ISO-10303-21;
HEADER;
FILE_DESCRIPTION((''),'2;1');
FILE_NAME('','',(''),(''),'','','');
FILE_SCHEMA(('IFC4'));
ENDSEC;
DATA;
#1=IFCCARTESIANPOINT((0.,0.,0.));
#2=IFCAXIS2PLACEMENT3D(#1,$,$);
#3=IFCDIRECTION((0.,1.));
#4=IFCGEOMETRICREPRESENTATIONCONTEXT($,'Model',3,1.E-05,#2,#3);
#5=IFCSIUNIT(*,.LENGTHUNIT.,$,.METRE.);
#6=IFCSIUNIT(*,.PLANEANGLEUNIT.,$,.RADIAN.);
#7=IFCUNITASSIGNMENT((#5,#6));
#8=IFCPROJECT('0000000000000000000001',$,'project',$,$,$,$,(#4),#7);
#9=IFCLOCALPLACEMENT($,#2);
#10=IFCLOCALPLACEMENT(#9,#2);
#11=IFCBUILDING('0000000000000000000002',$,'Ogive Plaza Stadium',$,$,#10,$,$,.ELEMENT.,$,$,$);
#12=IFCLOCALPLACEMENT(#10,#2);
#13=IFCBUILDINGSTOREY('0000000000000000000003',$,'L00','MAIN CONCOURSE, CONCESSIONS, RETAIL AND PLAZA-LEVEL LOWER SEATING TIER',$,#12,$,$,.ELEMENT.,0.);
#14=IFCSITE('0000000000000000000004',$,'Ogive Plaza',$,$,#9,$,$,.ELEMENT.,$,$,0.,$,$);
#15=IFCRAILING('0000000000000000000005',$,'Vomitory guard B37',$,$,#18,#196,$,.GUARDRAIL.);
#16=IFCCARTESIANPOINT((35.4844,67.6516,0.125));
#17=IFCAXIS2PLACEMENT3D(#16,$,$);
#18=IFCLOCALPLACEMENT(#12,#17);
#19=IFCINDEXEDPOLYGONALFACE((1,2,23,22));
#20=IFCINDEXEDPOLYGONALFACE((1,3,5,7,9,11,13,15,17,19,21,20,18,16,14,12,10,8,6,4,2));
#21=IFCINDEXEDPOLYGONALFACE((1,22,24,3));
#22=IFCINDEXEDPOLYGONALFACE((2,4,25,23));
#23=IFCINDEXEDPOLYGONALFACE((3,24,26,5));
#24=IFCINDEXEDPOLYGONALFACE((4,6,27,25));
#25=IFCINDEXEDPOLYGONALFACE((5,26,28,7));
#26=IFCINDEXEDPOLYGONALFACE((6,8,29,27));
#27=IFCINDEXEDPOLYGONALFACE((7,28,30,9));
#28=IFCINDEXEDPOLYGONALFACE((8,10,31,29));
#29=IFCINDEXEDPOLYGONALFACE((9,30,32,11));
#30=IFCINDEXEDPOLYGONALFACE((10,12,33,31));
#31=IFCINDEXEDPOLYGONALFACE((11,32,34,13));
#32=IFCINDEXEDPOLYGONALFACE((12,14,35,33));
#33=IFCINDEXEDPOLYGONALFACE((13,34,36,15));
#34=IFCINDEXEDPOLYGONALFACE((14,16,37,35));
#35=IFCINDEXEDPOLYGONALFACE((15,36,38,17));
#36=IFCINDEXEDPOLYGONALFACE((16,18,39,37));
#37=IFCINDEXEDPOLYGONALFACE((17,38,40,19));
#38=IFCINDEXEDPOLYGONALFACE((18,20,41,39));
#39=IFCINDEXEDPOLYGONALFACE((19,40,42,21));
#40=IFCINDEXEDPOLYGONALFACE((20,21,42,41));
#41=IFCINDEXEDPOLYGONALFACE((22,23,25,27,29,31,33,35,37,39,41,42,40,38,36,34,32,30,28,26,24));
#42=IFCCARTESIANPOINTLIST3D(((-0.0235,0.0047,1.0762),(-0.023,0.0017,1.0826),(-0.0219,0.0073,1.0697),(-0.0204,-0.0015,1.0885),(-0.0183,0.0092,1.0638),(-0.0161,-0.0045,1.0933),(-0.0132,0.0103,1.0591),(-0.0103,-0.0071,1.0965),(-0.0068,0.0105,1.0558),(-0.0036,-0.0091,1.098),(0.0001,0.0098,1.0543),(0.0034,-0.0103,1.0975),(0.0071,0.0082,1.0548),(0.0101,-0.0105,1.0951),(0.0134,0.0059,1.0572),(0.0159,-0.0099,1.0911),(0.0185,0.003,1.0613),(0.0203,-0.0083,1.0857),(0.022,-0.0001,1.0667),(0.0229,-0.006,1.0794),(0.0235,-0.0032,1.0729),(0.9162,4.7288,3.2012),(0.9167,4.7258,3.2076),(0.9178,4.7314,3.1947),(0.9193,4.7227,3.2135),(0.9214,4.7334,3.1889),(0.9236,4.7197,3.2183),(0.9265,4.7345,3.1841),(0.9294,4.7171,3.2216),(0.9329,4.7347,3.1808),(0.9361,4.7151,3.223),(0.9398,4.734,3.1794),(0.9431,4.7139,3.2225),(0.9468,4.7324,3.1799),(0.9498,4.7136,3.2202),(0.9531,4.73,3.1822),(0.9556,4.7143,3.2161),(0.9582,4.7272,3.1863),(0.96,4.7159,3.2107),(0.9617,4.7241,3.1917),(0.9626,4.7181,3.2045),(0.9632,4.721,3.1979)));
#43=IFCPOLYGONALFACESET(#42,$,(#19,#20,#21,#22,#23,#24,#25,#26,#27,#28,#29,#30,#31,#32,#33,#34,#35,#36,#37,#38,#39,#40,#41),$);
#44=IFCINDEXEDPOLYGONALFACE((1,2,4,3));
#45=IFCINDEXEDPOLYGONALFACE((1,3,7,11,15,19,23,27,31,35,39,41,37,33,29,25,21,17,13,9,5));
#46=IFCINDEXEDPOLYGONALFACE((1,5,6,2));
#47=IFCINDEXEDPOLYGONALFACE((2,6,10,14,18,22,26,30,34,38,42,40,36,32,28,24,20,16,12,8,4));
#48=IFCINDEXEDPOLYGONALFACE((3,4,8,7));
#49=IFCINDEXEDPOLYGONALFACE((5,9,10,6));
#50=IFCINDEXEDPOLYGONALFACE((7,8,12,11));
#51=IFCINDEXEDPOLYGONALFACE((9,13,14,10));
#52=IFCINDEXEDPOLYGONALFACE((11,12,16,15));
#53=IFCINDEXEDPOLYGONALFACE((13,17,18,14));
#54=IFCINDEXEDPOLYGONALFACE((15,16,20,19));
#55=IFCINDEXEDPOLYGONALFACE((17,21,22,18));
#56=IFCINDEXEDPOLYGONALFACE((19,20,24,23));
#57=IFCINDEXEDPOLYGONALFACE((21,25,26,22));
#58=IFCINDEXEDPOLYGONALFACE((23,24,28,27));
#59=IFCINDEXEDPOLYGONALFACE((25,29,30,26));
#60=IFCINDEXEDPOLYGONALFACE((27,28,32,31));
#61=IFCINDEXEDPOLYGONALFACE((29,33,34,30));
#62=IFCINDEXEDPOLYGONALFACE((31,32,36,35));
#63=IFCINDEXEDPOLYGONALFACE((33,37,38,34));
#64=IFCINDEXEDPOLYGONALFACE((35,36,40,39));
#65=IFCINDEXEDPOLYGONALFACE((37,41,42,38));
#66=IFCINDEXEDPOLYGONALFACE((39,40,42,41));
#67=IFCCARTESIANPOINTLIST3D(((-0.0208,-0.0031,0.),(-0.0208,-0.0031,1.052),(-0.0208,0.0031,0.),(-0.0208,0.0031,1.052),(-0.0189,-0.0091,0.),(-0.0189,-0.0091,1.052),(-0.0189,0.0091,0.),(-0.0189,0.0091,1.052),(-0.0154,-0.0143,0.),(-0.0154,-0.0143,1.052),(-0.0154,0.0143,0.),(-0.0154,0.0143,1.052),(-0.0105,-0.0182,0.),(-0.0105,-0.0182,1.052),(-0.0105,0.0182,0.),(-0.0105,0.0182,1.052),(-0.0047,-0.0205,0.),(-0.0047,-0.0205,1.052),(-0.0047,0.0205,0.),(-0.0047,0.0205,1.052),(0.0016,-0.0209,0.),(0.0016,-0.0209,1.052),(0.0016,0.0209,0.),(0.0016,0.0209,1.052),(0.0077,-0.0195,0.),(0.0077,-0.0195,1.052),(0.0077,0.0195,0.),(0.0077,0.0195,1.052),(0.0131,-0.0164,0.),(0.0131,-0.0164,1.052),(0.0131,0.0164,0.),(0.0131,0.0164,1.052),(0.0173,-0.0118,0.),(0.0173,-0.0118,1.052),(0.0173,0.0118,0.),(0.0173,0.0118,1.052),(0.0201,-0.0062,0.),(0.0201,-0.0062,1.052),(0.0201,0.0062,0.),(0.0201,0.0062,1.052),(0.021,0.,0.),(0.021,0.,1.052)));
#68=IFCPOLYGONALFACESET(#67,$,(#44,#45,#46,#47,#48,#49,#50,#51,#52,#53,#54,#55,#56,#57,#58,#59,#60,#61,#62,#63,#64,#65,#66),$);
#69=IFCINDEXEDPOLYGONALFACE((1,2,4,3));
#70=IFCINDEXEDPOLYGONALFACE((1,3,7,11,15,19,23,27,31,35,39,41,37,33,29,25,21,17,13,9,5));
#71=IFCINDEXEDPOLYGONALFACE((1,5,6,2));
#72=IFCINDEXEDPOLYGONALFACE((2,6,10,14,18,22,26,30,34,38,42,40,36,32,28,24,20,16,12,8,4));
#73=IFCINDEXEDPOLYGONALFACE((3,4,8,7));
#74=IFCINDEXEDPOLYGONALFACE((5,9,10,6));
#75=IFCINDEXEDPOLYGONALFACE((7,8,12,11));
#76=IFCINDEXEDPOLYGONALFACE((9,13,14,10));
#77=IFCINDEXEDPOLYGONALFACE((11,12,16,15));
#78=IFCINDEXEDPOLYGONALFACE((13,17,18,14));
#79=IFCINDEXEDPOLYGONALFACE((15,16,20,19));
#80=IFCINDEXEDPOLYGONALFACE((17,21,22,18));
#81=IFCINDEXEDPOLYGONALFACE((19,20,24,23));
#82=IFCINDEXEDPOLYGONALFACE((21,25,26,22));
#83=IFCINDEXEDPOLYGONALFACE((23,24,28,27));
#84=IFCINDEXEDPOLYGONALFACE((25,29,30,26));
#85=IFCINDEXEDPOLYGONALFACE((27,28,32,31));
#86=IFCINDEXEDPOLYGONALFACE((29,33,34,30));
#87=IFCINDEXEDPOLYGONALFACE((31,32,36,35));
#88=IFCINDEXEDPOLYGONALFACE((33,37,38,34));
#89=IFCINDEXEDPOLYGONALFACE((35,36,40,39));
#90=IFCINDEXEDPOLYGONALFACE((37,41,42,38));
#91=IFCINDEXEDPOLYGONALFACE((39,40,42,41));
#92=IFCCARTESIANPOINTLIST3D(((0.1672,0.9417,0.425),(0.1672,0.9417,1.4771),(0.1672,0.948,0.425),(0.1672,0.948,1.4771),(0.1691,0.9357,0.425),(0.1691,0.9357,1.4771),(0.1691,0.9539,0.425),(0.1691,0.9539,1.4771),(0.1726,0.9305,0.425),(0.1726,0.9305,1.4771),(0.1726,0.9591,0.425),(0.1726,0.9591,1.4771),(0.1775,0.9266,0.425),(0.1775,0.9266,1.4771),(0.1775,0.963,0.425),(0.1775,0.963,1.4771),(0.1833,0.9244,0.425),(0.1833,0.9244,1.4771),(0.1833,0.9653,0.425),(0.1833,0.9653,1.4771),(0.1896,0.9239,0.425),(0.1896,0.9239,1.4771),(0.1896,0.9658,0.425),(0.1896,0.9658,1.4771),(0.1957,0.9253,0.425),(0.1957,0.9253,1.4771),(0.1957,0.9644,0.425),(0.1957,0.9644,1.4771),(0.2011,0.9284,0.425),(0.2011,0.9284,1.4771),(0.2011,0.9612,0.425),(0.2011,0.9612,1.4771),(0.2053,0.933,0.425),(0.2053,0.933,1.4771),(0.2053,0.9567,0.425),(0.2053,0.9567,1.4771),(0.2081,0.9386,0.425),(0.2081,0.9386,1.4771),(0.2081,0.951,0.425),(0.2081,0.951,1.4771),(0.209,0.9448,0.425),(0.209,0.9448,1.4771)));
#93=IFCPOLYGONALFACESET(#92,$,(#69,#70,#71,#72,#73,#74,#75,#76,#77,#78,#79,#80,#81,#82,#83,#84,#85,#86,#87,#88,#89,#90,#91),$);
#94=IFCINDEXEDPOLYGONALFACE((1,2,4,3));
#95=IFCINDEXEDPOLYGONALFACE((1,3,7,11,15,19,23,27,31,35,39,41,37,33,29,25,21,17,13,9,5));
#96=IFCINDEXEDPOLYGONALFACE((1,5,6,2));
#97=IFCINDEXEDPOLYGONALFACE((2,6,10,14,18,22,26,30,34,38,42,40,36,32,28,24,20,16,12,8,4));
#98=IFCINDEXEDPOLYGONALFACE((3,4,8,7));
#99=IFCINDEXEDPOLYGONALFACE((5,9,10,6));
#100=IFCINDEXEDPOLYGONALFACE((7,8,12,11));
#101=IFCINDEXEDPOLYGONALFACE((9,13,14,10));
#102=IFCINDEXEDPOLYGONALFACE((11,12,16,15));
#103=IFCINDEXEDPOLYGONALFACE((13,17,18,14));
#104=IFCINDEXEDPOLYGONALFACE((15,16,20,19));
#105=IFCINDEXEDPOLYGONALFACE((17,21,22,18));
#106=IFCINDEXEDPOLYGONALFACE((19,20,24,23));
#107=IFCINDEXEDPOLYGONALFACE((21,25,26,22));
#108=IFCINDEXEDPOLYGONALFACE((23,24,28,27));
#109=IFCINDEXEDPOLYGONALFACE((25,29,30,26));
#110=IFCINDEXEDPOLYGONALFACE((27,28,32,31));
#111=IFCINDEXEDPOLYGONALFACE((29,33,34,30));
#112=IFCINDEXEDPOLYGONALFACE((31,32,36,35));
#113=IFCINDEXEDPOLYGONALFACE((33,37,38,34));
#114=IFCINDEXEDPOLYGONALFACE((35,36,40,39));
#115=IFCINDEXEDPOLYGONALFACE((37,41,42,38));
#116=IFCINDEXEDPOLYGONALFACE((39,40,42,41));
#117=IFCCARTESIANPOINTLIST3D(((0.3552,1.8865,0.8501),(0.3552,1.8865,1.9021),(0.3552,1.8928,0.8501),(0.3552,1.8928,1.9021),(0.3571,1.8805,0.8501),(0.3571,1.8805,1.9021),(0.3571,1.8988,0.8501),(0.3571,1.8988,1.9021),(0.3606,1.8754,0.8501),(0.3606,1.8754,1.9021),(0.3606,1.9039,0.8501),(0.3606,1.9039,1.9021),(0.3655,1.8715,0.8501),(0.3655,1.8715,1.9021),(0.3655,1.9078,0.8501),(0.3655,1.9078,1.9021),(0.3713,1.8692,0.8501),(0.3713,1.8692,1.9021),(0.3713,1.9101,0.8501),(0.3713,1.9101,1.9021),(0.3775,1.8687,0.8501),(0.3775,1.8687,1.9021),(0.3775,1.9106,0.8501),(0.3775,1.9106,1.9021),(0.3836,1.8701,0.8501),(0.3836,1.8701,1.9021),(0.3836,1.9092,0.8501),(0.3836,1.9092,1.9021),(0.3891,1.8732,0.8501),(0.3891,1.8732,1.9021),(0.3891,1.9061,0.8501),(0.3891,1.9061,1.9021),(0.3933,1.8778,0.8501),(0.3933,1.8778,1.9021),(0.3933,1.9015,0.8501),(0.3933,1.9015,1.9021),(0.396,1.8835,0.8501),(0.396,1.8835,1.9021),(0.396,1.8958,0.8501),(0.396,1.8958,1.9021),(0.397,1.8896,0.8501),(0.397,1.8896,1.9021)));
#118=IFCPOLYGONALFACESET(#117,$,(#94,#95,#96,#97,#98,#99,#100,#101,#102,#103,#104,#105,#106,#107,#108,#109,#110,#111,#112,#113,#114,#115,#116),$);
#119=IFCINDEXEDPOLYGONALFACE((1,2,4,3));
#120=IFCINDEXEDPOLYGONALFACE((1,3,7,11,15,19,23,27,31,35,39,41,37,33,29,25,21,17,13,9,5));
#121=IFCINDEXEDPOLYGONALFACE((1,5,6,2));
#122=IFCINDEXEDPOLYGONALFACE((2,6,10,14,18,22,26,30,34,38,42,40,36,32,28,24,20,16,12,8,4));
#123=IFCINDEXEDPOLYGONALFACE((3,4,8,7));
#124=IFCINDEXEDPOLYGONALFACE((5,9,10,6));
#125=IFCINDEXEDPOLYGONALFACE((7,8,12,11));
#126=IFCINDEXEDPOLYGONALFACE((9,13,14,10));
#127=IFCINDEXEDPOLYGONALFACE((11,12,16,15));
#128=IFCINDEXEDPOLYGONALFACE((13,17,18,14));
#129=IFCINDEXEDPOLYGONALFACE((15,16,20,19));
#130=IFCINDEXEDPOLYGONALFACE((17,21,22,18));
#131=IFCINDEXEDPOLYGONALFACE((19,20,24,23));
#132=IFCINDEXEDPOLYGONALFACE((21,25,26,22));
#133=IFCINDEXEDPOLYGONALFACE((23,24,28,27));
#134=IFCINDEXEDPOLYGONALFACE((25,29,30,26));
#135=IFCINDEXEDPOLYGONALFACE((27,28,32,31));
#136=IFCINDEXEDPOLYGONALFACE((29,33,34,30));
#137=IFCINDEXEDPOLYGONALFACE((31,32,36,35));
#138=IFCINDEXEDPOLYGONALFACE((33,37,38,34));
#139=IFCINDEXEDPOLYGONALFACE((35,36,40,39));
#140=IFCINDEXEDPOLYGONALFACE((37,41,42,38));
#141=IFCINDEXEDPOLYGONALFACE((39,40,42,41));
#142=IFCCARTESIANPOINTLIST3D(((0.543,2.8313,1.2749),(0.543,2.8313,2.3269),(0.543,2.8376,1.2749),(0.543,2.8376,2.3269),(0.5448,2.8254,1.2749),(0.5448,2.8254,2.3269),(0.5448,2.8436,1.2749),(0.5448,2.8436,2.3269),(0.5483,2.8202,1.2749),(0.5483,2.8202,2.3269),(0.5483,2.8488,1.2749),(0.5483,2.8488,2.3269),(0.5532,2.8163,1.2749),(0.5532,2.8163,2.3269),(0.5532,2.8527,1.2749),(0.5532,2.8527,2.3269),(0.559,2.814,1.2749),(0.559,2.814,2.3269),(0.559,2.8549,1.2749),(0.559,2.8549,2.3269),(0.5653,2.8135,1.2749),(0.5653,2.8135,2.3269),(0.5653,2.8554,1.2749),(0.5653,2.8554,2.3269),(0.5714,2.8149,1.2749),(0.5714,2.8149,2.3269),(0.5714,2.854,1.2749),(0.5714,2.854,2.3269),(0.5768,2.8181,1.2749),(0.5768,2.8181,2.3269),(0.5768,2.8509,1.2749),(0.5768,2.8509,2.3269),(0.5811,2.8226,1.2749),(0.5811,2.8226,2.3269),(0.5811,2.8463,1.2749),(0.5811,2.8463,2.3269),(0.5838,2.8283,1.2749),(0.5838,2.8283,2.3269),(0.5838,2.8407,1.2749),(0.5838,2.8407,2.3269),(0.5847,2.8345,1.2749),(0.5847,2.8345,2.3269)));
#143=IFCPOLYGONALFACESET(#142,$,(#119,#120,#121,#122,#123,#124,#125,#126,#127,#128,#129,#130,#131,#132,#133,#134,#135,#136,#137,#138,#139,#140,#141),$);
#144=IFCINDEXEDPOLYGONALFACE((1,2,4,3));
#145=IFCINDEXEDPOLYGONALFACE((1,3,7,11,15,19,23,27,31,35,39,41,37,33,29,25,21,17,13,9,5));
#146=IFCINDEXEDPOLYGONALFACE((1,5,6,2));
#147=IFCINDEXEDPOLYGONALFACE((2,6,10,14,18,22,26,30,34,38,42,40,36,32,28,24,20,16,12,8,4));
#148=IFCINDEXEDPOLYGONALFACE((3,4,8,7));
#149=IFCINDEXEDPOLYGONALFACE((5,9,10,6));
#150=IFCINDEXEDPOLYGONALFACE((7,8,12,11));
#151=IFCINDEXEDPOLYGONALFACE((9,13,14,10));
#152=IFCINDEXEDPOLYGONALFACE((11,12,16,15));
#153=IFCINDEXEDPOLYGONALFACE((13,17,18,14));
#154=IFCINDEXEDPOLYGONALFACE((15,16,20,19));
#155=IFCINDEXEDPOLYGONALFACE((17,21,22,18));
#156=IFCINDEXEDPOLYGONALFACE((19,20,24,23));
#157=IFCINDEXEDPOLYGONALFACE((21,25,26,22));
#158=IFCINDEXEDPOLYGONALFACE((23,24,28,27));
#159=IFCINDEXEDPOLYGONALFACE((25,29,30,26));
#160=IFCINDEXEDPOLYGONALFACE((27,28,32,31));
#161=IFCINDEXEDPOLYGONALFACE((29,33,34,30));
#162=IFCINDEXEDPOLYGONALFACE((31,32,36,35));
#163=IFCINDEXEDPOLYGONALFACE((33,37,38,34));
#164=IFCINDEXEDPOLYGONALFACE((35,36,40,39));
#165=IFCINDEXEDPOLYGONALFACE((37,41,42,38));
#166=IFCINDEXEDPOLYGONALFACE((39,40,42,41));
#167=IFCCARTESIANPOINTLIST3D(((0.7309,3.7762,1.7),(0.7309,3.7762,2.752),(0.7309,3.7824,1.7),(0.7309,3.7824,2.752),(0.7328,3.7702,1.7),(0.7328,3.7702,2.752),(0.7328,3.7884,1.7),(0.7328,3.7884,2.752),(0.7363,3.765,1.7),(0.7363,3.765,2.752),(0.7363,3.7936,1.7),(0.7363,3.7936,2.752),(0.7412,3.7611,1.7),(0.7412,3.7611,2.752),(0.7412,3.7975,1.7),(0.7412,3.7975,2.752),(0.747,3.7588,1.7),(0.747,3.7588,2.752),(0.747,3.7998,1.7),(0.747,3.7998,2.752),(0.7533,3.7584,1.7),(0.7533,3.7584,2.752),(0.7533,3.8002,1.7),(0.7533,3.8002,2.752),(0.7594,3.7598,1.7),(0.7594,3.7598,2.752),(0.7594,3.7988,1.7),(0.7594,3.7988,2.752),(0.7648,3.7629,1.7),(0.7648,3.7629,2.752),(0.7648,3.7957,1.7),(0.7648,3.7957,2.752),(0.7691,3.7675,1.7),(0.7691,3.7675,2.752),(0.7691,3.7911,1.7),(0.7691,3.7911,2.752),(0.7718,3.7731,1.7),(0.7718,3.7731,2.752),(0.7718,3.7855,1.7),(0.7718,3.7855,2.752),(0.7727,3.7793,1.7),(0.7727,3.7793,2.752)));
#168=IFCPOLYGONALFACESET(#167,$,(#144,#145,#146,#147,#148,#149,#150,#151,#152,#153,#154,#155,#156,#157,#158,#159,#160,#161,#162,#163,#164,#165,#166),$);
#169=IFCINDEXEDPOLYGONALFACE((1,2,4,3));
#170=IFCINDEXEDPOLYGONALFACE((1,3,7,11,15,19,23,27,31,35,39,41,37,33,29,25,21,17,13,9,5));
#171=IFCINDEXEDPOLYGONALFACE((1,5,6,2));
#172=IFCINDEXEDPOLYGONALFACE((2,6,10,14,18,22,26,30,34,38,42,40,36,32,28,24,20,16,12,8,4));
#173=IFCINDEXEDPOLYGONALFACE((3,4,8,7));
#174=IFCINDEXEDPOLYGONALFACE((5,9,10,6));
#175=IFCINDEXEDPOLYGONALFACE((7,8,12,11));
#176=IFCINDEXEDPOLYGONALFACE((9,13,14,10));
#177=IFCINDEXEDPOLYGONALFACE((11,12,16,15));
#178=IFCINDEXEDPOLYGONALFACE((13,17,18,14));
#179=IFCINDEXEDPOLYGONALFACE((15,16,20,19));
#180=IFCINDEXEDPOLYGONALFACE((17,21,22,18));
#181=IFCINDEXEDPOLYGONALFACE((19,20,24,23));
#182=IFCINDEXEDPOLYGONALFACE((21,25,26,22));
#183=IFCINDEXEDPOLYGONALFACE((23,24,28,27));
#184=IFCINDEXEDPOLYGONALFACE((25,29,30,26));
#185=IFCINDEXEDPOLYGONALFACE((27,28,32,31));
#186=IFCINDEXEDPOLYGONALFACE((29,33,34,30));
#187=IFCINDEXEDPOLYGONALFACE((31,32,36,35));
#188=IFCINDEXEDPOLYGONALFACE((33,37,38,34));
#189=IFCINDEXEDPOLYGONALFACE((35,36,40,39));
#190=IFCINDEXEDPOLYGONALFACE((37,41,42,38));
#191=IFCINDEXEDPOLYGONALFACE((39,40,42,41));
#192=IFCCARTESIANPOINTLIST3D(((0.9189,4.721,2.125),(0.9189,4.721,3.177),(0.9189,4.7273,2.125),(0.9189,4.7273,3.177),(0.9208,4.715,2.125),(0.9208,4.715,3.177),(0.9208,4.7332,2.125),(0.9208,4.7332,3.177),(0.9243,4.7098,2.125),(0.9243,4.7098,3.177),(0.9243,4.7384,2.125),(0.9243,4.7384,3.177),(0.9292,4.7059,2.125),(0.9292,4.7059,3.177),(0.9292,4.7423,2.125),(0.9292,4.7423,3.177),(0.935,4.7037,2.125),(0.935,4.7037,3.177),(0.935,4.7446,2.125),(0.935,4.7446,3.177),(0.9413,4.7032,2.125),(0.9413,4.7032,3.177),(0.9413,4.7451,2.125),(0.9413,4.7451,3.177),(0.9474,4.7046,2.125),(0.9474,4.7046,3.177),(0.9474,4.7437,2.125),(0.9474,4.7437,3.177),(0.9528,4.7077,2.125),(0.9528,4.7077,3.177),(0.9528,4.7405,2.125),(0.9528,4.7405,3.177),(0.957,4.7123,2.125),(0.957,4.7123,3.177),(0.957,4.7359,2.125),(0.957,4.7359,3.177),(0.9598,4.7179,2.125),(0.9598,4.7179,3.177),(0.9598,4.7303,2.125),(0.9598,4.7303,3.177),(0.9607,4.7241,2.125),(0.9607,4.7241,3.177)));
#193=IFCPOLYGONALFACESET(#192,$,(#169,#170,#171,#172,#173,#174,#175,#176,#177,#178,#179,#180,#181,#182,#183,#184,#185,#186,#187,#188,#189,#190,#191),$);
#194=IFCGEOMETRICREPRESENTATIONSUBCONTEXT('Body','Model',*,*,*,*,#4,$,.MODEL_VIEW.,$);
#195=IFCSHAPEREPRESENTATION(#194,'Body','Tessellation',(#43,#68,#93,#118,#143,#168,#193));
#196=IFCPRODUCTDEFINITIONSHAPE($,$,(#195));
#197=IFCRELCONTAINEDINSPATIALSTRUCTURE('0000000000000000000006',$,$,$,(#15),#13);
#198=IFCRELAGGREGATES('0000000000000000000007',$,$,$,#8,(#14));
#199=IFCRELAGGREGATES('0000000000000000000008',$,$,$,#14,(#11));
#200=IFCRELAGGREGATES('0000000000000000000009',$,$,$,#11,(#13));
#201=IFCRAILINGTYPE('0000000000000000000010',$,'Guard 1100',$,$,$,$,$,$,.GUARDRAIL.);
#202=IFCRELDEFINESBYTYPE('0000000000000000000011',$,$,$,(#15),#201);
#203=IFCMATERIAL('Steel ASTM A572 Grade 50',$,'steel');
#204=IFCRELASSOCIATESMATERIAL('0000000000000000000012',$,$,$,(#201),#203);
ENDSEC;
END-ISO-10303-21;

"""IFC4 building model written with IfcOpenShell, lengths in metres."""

from ifc_helpers import new_model, si_unit, direction, frame, origin, origin_2d, place, context, subcontext, project, spatial, circle, extrude, material, type_object, element, save


model = new_model("IFC4")

# Units and contexts
model_context = context("Model", 3, precision=1e-05, world=origin(), true_north=direction((0.0, 1.0)))
body_context = subcontext(model_context, "Body", "Model", "MODEL_VIEW")
ifc_project = project(units=[si_unit("LENGTHUNIT", "METRE"), si_unit("PLANEANGLEUNIT", "RADIAN")], contexts=[model_context])

# Site, building, storey
site_placement = place(None, origin())
site = spatial("IfcSite", under=ifc_project, at=site_placement, Name="Ogive Plaza", CompositionType="ELEMENT", RefElevation=0.0)
building_placement = place(site_placement, origin())
building = spatial("IfcBuilding", under=site, at=building_placement, Name="Ogive Plaza Stadium", CompositionType="ELEMENT")
storey_placement = place(building_placement, origin())
storey = spatial("IfcBuildingStorey", under=building, at=storey_placement, Name="L00", Description="MAIN CONCOURSE, CONCESSIONS, RETAIL AND PLAZA-LEVEL LOWER SEATING TIER", CompositionType="ELEMENT", Elevation=0.0)

# Railing
ifc_material_1 = material(Name="Steel ASTM A572 Grade 50", Category="steel")
railing_type = type_object("IfcRailingType", Name="Guard 1100", PredefinedType="GUARDRAIL", material=ifc_material_1)
for number, where, name in (
    (1, (35.4844, 67.6516, 0.125), "Vomitory guard B37"),
):
    element("IfcRailing", number, at=place(storey_placement, frame(where)), inside=storey, type_object=railing_type, Name=name, PredefinedType="GUARDRAIL", context=body_context, shape_type="SweptSolid", body=[
        extrude(circle(Radius=0.0239, at=origin_2d()), frame((0.0, 0.0, 1.0762), z_axis=(0.178494, 0.897338, 0.40364), x_axis=(-0.980785, 0.195093, 0.0)), (0.0, 0.0, 1.0), 5.2646),
        extrude(circle(Radius=0.021, at=origin_2d()), origin(), (0.0, 0.0, 1.0), 1.052),
        extrude(circle(Radius=0.021, at=origin_2d()), frame((0.188, 0.9448, 0.425)), (0.0, 0.0, 1.0), 1.052),
        extrude(circle(Radius=0.021, at=origin_2d()), frame((0.376, 1.8896, 0.8501)), (0.0, 0.0, 1.0), 1.052),
        extrude(circle(Radius=0.021, at=origin_2d()), frame((0.5637, 2.8345, 1.2749)), (0.0, 0.0, 1.0), 1.052),
        extrude(circle(Radius=0.021, at=origin_2d()), frame((0.7517, 3.7793, 1.7)), (0.0, 0.0, 1.0), 1.052),
        extrude(circle(Radius=0.021, at=origin_2d()), frame((0.9397, 4.7241, 2.125)), (0.0, 0.0, 1.0), 1.052),
    ])

save(model, "model.ifc")
